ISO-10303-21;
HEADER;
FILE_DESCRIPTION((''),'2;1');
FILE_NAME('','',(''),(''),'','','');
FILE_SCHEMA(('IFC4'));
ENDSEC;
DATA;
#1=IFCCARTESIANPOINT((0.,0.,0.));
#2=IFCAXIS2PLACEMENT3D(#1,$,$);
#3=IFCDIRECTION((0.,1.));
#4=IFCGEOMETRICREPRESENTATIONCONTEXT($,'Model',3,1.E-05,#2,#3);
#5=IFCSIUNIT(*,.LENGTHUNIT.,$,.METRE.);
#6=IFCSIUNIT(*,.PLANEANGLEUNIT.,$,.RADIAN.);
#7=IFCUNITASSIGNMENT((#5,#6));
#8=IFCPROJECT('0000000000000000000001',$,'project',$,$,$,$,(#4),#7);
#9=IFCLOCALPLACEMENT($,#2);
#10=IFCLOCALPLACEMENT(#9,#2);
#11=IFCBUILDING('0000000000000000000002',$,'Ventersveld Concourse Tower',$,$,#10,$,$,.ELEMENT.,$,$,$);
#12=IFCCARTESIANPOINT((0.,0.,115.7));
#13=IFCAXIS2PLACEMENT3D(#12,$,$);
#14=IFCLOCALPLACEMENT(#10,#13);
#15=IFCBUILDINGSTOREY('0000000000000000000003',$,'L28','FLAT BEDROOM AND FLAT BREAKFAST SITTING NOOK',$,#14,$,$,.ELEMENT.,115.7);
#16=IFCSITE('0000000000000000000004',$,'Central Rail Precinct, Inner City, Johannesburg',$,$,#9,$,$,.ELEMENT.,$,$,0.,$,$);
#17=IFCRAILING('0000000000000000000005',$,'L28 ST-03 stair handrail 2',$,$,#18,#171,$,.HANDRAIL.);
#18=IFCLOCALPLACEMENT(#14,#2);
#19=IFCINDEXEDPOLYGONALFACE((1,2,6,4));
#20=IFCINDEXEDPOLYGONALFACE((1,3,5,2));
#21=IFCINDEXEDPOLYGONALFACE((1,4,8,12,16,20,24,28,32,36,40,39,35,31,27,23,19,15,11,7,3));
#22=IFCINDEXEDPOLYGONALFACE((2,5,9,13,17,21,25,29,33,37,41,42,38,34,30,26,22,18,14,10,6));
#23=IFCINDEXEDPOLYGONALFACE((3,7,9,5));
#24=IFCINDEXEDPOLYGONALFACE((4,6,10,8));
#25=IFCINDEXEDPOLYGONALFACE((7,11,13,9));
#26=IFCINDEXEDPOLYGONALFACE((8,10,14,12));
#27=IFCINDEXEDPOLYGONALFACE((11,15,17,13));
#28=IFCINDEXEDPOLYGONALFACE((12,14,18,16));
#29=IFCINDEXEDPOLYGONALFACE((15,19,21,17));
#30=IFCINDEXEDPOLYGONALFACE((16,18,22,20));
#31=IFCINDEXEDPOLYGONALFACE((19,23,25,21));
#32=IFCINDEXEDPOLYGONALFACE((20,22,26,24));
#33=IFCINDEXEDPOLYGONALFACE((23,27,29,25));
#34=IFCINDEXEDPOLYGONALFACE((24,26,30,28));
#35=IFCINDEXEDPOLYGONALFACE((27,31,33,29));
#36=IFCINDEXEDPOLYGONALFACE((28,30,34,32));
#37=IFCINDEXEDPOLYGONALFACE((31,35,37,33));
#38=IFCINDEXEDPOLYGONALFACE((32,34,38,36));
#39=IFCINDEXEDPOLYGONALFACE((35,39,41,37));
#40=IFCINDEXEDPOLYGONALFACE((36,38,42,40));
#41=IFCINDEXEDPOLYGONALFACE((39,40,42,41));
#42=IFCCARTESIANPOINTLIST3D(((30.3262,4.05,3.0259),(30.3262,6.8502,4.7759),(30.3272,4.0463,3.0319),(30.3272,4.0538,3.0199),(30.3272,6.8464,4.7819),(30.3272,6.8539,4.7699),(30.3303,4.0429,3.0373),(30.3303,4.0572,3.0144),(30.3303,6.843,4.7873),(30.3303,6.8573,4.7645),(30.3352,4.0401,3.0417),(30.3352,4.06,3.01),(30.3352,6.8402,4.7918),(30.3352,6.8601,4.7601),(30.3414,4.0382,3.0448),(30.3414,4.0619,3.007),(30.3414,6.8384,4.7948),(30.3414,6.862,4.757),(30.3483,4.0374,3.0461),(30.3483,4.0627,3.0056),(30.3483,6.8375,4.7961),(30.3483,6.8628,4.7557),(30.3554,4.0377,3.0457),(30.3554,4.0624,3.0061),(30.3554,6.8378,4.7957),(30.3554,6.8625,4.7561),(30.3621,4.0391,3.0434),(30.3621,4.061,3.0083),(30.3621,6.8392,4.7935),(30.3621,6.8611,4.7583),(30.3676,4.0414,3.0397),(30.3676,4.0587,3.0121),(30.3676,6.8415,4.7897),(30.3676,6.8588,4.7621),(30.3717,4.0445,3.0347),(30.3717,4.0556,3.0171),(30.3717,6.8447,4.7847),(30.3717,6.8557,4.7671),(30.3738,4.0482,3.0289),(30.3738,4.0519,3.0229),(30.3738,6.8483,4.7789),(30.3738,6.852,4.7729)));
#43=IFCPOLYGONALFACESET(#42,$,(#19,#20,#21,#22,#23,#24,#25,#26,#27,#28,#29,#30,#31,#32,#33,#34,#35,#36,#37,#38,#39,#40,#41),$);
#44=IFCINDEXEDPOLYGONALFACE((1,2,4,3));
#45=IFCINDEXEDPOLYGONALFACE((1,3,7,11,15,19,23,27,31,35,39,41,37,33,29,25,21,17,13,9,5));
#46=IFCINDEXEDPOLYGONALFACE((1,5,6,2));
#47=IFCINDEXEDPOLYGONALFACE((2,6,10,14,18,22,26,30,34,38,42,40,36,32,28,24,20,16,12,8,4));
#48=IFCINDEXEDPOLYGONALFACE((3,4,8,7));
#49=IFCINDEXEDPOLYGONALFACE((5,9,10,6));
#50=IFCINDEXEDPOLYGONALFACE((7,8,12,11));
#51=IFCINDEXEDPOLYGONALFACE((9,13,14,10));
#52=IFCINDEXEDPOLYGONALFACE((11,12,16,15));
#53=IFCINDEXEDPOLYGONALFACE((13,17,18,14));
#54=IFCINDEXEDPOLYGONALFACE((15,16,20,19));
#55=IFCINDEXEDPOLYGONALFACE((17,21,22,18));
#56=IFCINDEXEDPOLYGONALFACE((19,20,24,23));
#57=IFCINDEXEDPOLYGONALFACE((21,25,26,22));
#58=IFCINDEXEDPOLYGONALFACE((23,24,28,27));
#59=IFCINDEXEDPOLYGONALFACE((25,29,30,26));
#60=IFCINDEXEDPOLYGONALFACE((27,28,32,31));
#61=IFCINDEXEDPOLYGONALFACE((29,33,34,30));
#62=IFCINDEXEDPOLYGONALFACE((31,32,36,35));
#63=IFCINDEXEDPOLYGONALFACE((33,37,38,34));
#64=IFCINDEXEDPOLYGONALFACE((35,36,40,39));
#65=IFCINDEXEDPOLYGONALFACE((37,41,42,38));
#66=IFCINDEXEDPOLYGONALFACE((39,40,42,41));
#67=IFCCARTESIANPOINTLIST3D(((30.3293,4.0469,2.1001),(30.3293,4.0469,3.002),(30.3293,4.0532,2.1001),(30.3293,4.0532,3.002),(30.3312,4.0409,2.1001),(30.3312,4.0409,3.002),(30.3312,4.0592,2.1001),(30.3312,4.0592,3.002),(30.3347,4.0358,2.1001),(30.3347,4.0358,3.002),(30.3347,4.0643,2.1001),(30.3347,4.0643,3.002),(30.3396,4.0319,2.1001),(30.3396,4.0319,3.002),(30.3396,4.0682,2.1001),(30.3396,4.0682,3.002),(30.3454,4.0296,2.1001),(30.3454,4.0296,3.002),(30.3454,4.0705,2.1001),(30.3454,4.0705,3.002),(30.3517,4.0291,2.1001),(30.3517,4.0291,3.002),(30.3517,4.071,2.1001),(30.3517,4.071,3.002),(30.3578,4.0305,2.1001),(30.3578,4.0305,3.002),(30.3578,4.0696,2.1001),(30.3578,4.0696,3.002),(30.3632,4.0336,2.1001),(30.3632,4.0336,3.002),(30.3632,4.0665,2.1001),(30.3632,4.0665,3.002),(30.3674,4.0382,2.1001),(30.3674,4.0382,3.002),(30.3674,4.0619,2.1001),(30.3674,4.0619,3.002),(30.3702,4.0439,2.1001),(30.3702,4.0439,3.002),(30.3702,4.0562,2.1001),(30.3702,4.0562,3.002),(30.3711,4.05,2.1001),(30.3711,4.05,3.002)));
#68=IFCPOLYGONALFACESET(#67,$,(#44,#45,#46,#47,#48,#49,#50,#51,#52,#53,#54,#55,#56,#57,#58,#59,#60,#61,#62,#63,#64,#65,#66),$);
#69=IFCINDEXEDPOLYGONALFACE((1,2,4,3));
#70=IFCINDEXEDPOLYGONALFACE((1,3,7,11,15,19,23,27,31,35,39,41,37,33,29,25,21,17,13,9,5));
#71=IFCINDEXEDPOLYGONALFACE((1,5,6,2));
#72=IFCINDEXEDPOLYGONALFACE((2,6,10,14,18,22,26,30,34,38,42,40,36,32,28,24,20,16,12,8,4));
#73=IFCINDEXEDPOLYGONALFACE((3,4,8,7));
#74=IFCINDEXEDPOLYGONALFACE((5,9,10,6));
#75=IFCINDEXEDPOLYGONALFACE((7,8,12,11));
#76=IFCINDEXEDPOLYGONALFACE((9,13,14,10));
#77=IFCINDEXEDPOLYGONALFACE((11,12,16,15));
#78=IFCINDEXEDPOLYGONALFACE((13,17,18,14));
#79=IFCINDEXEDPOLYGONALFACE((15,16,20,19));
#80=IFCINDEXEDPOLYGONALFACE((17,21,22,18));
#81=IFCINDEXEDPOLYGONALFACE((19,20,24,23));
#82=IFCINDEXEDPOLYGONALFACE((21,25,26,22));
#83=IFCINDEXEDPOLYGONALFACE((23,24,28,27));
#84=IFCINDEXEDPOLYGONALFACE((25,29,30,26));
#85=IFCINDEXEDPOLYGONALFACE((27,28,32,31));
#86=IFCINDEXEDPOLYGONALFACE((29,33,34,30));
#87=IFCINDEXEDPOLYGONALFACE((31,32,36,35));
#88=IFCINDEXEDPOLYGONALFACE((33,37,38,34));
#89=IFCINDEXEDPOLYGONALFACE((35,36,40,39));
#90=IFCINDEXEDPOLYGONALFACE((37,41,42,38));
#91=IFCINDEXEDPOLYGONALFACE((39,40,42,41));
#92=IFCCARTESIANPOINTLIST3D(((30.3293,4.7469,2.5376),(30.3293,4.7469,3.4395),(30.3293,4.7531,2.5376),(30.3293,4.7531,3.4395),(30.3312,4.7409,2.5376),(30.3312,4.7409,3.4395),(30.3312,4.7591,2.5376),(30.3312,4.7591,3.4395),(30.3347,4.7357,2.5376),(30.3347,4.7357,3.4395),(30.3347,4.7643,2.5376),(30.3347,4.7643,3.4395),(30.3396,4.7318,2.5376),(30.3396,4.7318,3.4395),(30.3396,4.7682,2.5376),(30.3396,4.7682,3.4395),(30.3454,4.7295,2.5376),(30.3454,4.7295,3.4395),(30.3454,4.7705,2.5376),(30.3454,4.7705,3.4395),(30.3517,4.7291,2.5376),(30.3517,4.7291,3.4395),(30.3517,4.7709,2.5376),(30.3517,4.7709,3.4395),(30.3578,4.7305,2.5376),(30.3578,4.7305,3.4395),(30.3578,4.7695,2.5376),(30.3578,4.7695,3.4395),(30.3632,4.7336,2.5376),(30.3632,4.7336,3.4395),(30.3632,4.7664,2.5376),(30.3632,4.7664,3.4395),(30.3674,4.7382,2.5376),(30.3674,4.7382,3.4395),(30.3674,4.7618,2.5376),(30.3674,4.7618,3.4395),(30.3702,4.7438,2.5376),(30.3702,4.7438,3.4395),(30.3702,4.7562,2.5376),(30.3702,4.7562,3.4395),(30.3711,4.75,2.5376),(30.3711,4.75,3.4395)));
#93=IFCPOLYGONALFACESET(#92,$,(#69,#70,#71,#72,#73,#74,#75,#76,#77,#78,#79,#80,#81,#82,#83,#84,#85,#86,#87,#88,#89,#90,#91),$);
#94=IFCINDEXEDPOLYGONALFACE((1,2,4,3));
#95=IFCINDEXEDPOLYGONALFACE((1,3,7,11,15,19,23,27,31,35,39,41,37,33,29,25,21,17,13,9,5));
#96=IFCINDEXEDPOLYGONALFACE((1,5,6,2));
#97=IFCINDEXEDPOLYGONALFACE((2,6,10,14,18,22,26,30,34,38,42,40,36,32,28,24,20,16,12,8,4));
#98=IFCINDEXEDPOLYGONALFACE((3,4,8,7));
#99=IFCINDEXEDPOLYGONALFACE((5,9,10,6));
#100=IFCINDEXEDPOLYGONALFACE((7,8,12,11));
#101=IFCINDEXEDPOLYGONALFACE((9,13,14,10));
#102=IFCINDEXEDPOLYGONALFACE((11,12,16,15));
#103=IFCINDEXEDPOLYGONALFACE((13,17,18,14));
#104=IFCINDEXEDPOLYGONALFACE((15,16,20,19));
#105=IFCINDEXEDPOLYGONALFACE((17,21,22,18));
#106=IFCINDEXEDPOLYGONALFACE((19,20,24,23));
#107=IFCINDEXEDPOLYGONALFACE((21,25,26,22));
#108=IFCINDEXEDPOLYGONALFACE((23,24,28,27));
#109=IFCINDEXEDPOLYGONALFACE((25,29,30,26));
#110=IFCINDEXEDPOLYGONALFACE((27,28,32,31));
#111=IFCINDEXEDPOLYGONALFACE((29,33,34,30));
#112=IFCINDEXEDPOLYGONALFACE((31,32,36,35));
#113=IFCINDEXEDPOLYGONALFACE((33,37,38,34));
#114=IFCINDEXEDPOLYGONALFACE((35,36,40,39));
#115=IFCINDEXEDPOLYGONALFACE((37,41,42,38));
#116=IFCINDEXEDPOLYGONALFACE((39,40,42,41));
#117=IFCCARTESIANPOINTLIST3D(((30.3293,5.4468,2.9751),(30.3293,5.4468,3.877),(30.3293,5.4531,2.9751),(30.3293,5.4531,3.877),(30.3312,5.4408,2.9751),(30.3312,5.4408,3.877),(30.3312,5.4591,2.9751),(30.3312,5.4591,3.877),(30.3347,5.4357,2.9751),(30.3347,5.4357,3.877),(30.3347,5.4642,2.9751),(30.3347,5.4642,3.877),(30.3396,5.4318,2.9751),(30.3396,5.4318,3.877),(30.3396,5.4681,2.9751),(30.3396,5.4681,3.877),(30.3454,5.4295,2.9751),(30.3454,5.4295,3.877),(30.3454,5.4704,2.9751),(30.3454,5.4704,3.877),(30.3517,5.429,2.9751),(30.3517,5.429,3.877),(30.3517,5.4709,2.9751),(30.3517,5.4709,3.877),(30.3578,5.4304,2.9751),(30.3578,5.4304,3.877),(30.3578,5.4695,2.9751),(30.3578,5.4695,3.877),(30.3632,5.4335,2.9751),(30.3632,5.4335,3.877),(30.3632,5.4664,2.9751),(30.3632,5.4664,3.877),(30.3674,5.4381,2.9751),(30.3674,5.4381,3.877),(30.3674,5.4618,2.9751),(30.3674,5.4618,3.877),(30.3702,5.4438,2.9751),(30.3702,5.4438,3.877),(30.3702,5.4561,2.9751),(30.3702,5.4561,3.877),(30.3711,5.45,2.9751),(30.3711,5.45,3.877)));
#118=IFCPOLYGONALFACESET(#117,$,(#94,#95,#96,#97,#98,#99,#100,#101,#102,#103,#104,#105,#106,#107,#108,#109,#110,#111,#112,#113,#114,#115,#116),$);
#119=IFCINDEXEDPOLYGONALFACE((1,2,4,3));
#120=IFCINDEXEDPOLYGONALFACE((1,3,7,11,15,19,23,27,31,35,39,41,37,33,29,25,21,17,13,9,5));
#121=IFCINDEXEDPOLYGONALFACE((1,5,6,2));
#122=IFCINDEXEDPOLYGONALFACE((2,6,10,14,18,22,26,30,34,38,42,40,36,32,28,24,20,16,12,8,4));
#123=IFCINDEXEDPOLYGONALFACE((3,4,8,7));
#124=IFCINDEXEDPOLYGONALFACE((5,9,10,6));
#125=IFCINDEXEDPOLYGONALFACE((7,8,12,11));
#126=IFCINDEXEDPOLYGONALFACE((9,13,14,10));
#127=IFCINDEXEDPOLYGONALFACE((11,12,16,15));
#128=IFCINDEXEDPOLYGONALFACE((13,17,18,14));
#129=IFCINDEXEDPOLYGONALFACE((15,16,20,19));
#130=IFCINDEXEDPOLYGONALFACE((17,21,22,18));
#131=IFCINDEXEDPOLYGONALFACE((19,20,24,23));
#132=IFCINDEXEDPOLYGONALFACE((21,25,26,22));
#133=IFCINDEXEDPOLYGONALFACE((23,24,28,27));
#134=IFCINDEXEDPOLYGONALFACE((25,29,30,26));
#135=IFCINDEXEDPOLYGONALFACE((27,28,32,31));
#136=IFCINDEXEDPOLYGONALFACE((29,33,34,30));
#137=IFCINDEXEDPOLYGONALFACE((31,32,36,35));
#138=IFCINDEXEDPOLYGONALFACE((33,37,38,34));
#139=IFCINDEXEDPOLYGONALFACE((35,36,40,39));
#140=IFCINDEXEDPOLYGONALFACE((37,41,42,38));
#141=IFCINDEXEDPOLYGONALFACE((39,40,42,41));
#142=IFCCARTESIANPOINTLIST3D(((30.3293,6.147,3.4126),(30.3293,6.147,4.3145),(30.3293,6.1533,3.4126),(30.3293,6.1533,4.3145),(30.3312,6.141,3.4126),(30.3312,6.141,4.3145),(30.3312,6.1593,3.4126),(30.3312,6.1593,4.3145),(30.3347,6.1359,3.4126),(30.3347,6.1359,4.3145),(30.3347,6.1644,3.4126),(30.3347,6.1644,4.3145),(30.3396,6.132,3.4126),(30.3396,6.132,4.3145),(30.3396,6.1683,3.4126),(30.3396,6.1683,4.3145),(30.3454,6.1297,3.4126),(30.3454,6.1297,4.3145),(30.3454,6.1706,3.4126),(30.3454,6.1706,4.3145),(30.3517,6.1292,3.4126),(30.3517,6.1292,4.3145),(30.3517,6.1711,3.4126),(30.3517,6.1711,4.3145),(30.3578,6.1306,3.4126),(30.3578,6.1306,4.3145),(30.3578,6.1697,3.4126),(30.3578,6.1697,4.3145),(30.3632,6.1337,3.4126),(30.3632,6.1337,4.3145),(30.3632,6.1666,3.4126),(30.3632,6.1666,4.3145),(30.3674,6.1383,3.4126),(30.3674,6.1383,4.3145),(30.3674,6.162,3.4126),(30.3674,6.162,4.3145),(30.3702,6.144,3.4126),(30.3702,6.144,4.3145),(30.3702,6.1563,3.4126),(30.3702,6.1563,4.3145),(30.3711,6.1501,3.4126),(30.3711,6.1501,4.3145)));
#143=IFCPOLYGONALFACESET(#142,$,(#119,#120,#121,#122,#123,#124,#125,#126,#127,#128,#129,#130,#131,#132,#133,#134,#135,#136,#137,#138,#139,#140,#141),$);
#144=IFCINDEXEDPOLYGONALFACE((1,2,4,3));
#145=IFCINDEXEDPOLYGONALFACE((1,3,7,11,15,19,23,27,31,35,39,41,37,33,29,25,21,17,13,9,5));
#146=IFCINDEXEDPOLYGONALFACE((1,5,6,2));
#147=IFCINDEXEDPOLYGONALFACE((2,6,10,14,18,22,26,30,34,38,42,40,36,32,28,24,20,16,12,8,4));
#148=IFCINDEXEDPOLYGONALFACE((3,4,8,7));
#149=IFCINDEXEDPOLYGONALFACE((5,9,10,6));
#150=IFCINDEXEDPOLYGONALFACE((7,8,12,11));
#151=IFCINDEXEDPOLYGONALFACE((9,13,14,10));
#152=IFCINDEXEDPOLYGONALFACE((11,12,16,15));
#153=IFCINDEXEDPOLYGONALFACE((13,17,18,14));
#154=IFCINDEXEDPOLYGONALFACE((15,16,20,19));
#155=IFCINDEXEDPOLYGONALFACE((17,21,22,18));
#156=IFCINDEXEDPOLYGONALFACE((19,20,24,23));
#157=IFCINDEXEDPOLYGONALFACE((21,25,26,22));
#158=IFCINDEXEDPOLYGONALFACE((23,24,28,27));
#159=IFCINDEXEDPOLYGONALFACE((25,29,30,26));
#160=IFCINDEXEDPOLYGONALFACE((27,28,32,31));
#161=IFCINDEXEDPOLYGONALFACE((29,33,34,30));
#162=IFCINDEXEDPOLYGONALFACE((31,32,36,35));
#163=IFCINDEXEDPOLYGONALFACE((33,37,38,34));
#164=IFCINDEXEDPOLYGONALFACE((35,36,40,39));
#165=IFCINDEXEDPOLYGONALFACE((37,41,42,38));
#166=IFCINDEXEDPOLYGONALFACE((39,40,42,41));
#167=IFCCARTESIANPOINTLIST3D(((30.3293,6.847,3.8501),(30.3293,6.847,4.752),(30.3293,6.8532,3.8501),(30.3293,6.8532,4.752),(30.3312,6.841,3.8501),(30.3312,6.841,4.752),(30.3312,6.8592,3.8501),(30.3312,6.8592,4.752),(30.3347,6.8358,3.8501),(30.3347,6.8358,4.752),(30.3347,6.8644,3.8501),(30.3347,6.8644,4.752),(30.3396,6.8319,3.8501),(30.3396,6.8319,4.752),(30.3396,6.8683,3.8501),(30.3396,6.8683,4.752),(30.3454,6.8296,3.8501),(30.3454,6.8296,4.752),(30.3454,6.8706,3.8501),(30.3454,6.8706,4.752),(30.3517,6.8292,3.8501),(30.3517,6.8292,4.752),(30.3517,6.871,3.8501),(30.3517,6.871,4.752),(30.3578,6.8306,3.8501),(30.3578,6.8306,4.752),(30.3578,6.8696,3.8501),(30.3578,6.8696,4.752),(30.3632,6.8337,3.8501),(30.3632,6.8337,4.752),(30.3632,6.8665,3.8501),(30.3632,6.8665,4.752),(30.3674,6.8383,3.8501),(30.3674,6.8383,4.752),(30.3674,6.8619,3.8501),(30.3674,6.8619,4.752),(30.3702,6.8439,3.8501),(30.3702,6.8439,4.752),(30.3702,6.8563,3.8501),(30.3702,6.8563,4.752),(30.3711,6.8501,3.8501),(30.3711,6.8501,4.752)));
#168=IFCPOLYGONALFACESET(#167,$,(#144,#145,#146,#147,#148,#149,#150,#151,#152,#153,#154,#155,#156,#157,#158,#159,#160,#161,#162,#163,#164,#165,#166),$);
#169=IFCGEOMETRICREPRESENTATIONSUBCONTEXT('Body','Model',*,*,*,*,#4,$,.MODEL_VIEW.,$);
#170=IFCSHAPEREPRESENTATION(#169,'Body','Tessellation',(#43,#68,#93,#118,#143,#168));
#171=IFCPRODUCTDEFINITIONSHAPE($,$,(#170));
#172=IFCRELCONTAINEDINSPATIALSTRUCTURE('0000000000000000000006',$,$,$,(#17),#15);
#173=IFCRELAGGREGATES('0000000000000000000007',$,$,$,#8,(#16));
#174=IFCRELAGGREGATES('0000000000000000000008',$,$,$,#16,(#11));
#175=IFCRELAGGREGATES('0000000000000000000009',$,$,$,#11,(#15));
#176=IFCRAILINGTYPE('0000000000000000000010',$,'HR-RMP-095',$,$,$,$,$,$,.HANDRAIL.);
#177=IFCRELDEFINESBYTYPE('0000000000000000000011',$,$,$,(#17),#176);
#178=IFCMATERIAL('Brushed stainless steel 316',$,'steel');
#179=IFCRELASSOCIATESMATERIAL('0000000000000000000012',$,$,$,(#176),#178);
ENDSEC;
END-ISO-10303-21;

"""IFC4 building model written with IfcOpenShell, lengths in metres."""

from ifc_helpers import new_model, si_unit, direction, frame, origin, origin_2d, place, context, subcontext, project, spatial, circle, extrude, material, type_object, element, save


model = new_model("IFC4")

# Units and contexts
model_context = context("Model", 3, precision=1e-05, world=origin(), true_north=direction((0.0, 1.0)))
body_context = subcontext(model_context, "Body", "Model", "MODEL_VIEW")
ifc_project = project(units=[si_unit("LENGTHUNIT", "METRE"), si_unit("PLANEANGLEUNIT", "RADIAN")], contexts=[model_context])

# Site, building, storey
site_placement = place(None, origin())
site = spatial("IfcSite", under=ifc_project, at=site_placement, Name="Central Rail Precinct, Inner City, Johannesburg", CompositionType="ELEMENT", RefElevation=0.0)
building_placement = place(site_placement, origin())
building = spatial("IfcBuilding", under=site, at=building_placement, Name="Ventersveld Concourse Tower", CompositionType="ELEMENT")
storey_placement = place(building_placement, frame((0.0, 0.0, 115.7)))
storey = spatial("IfcBuildingStorey", under=building, at=storey_placement, Name="L28", Description="FLAT BEDROOM AND FLAT BREAKFAST SITTING NOOK", CompositionType="ELEMENT", Elevation=115.7)

# Railing
ifc_material_1 = material(Name="Brushed stainless steel 316", Category="steel")
railing_type_1 = type_object("IfcRailingType", Name="HR-RMP-095", PredefinedType="HANDRAIL", material=ifc_material_1)
railing_1_placement = place(storey_placement, frame((30.3501, 4.05, 2.1001)))
element("IfcRailing", 1, at=railing_1_placement, inside=storey, type_object=railing_type_1, Name="L28 ST-03 stair handrail 2", PredefinedType="HANDRAIL", context=body_context, shape_type="SweptSolid", body=[
    extrude(circle(Radius=0.0239, at=origin_2d()), frame((0.0, 0.0, 0.9258), z_axis=(0.0, 0.848002, 0.529992), x_axis=(-1.0, 0.0, 0.0)), (0.0, 0.0, 1.0), 3.302),
    extrude(circle(Radius=0.021, at=origin_2d()), origin(), (0.0, 0.0, 1.0), 0.9019),
    extrude(circle(Radius=0.021, at=origin_2d()), frame((0.0, 0.7, 0.4375)), (0.0, 0.0, 1.0), 0.9019),
    extrude(circle(Radius=0.021, at=origin_2d()), frame((0.0, 1.3999, 0.875)), (0.0, 0.0, 1.0), 0.9019),
    extrude(circle(Radius=0.021, at=origin_2d()), frame((0.0, 2.1001, 1.3125)), (0.0, 0.0, 1.0), 0.9019),
    extrude(circle(Radius=0.021, at=origin_2d()), frame((0.0, 2.8, 1.75)), (0.0, 0.0, 1.0), 0.9019),
])

save(model, "model.ifc")
